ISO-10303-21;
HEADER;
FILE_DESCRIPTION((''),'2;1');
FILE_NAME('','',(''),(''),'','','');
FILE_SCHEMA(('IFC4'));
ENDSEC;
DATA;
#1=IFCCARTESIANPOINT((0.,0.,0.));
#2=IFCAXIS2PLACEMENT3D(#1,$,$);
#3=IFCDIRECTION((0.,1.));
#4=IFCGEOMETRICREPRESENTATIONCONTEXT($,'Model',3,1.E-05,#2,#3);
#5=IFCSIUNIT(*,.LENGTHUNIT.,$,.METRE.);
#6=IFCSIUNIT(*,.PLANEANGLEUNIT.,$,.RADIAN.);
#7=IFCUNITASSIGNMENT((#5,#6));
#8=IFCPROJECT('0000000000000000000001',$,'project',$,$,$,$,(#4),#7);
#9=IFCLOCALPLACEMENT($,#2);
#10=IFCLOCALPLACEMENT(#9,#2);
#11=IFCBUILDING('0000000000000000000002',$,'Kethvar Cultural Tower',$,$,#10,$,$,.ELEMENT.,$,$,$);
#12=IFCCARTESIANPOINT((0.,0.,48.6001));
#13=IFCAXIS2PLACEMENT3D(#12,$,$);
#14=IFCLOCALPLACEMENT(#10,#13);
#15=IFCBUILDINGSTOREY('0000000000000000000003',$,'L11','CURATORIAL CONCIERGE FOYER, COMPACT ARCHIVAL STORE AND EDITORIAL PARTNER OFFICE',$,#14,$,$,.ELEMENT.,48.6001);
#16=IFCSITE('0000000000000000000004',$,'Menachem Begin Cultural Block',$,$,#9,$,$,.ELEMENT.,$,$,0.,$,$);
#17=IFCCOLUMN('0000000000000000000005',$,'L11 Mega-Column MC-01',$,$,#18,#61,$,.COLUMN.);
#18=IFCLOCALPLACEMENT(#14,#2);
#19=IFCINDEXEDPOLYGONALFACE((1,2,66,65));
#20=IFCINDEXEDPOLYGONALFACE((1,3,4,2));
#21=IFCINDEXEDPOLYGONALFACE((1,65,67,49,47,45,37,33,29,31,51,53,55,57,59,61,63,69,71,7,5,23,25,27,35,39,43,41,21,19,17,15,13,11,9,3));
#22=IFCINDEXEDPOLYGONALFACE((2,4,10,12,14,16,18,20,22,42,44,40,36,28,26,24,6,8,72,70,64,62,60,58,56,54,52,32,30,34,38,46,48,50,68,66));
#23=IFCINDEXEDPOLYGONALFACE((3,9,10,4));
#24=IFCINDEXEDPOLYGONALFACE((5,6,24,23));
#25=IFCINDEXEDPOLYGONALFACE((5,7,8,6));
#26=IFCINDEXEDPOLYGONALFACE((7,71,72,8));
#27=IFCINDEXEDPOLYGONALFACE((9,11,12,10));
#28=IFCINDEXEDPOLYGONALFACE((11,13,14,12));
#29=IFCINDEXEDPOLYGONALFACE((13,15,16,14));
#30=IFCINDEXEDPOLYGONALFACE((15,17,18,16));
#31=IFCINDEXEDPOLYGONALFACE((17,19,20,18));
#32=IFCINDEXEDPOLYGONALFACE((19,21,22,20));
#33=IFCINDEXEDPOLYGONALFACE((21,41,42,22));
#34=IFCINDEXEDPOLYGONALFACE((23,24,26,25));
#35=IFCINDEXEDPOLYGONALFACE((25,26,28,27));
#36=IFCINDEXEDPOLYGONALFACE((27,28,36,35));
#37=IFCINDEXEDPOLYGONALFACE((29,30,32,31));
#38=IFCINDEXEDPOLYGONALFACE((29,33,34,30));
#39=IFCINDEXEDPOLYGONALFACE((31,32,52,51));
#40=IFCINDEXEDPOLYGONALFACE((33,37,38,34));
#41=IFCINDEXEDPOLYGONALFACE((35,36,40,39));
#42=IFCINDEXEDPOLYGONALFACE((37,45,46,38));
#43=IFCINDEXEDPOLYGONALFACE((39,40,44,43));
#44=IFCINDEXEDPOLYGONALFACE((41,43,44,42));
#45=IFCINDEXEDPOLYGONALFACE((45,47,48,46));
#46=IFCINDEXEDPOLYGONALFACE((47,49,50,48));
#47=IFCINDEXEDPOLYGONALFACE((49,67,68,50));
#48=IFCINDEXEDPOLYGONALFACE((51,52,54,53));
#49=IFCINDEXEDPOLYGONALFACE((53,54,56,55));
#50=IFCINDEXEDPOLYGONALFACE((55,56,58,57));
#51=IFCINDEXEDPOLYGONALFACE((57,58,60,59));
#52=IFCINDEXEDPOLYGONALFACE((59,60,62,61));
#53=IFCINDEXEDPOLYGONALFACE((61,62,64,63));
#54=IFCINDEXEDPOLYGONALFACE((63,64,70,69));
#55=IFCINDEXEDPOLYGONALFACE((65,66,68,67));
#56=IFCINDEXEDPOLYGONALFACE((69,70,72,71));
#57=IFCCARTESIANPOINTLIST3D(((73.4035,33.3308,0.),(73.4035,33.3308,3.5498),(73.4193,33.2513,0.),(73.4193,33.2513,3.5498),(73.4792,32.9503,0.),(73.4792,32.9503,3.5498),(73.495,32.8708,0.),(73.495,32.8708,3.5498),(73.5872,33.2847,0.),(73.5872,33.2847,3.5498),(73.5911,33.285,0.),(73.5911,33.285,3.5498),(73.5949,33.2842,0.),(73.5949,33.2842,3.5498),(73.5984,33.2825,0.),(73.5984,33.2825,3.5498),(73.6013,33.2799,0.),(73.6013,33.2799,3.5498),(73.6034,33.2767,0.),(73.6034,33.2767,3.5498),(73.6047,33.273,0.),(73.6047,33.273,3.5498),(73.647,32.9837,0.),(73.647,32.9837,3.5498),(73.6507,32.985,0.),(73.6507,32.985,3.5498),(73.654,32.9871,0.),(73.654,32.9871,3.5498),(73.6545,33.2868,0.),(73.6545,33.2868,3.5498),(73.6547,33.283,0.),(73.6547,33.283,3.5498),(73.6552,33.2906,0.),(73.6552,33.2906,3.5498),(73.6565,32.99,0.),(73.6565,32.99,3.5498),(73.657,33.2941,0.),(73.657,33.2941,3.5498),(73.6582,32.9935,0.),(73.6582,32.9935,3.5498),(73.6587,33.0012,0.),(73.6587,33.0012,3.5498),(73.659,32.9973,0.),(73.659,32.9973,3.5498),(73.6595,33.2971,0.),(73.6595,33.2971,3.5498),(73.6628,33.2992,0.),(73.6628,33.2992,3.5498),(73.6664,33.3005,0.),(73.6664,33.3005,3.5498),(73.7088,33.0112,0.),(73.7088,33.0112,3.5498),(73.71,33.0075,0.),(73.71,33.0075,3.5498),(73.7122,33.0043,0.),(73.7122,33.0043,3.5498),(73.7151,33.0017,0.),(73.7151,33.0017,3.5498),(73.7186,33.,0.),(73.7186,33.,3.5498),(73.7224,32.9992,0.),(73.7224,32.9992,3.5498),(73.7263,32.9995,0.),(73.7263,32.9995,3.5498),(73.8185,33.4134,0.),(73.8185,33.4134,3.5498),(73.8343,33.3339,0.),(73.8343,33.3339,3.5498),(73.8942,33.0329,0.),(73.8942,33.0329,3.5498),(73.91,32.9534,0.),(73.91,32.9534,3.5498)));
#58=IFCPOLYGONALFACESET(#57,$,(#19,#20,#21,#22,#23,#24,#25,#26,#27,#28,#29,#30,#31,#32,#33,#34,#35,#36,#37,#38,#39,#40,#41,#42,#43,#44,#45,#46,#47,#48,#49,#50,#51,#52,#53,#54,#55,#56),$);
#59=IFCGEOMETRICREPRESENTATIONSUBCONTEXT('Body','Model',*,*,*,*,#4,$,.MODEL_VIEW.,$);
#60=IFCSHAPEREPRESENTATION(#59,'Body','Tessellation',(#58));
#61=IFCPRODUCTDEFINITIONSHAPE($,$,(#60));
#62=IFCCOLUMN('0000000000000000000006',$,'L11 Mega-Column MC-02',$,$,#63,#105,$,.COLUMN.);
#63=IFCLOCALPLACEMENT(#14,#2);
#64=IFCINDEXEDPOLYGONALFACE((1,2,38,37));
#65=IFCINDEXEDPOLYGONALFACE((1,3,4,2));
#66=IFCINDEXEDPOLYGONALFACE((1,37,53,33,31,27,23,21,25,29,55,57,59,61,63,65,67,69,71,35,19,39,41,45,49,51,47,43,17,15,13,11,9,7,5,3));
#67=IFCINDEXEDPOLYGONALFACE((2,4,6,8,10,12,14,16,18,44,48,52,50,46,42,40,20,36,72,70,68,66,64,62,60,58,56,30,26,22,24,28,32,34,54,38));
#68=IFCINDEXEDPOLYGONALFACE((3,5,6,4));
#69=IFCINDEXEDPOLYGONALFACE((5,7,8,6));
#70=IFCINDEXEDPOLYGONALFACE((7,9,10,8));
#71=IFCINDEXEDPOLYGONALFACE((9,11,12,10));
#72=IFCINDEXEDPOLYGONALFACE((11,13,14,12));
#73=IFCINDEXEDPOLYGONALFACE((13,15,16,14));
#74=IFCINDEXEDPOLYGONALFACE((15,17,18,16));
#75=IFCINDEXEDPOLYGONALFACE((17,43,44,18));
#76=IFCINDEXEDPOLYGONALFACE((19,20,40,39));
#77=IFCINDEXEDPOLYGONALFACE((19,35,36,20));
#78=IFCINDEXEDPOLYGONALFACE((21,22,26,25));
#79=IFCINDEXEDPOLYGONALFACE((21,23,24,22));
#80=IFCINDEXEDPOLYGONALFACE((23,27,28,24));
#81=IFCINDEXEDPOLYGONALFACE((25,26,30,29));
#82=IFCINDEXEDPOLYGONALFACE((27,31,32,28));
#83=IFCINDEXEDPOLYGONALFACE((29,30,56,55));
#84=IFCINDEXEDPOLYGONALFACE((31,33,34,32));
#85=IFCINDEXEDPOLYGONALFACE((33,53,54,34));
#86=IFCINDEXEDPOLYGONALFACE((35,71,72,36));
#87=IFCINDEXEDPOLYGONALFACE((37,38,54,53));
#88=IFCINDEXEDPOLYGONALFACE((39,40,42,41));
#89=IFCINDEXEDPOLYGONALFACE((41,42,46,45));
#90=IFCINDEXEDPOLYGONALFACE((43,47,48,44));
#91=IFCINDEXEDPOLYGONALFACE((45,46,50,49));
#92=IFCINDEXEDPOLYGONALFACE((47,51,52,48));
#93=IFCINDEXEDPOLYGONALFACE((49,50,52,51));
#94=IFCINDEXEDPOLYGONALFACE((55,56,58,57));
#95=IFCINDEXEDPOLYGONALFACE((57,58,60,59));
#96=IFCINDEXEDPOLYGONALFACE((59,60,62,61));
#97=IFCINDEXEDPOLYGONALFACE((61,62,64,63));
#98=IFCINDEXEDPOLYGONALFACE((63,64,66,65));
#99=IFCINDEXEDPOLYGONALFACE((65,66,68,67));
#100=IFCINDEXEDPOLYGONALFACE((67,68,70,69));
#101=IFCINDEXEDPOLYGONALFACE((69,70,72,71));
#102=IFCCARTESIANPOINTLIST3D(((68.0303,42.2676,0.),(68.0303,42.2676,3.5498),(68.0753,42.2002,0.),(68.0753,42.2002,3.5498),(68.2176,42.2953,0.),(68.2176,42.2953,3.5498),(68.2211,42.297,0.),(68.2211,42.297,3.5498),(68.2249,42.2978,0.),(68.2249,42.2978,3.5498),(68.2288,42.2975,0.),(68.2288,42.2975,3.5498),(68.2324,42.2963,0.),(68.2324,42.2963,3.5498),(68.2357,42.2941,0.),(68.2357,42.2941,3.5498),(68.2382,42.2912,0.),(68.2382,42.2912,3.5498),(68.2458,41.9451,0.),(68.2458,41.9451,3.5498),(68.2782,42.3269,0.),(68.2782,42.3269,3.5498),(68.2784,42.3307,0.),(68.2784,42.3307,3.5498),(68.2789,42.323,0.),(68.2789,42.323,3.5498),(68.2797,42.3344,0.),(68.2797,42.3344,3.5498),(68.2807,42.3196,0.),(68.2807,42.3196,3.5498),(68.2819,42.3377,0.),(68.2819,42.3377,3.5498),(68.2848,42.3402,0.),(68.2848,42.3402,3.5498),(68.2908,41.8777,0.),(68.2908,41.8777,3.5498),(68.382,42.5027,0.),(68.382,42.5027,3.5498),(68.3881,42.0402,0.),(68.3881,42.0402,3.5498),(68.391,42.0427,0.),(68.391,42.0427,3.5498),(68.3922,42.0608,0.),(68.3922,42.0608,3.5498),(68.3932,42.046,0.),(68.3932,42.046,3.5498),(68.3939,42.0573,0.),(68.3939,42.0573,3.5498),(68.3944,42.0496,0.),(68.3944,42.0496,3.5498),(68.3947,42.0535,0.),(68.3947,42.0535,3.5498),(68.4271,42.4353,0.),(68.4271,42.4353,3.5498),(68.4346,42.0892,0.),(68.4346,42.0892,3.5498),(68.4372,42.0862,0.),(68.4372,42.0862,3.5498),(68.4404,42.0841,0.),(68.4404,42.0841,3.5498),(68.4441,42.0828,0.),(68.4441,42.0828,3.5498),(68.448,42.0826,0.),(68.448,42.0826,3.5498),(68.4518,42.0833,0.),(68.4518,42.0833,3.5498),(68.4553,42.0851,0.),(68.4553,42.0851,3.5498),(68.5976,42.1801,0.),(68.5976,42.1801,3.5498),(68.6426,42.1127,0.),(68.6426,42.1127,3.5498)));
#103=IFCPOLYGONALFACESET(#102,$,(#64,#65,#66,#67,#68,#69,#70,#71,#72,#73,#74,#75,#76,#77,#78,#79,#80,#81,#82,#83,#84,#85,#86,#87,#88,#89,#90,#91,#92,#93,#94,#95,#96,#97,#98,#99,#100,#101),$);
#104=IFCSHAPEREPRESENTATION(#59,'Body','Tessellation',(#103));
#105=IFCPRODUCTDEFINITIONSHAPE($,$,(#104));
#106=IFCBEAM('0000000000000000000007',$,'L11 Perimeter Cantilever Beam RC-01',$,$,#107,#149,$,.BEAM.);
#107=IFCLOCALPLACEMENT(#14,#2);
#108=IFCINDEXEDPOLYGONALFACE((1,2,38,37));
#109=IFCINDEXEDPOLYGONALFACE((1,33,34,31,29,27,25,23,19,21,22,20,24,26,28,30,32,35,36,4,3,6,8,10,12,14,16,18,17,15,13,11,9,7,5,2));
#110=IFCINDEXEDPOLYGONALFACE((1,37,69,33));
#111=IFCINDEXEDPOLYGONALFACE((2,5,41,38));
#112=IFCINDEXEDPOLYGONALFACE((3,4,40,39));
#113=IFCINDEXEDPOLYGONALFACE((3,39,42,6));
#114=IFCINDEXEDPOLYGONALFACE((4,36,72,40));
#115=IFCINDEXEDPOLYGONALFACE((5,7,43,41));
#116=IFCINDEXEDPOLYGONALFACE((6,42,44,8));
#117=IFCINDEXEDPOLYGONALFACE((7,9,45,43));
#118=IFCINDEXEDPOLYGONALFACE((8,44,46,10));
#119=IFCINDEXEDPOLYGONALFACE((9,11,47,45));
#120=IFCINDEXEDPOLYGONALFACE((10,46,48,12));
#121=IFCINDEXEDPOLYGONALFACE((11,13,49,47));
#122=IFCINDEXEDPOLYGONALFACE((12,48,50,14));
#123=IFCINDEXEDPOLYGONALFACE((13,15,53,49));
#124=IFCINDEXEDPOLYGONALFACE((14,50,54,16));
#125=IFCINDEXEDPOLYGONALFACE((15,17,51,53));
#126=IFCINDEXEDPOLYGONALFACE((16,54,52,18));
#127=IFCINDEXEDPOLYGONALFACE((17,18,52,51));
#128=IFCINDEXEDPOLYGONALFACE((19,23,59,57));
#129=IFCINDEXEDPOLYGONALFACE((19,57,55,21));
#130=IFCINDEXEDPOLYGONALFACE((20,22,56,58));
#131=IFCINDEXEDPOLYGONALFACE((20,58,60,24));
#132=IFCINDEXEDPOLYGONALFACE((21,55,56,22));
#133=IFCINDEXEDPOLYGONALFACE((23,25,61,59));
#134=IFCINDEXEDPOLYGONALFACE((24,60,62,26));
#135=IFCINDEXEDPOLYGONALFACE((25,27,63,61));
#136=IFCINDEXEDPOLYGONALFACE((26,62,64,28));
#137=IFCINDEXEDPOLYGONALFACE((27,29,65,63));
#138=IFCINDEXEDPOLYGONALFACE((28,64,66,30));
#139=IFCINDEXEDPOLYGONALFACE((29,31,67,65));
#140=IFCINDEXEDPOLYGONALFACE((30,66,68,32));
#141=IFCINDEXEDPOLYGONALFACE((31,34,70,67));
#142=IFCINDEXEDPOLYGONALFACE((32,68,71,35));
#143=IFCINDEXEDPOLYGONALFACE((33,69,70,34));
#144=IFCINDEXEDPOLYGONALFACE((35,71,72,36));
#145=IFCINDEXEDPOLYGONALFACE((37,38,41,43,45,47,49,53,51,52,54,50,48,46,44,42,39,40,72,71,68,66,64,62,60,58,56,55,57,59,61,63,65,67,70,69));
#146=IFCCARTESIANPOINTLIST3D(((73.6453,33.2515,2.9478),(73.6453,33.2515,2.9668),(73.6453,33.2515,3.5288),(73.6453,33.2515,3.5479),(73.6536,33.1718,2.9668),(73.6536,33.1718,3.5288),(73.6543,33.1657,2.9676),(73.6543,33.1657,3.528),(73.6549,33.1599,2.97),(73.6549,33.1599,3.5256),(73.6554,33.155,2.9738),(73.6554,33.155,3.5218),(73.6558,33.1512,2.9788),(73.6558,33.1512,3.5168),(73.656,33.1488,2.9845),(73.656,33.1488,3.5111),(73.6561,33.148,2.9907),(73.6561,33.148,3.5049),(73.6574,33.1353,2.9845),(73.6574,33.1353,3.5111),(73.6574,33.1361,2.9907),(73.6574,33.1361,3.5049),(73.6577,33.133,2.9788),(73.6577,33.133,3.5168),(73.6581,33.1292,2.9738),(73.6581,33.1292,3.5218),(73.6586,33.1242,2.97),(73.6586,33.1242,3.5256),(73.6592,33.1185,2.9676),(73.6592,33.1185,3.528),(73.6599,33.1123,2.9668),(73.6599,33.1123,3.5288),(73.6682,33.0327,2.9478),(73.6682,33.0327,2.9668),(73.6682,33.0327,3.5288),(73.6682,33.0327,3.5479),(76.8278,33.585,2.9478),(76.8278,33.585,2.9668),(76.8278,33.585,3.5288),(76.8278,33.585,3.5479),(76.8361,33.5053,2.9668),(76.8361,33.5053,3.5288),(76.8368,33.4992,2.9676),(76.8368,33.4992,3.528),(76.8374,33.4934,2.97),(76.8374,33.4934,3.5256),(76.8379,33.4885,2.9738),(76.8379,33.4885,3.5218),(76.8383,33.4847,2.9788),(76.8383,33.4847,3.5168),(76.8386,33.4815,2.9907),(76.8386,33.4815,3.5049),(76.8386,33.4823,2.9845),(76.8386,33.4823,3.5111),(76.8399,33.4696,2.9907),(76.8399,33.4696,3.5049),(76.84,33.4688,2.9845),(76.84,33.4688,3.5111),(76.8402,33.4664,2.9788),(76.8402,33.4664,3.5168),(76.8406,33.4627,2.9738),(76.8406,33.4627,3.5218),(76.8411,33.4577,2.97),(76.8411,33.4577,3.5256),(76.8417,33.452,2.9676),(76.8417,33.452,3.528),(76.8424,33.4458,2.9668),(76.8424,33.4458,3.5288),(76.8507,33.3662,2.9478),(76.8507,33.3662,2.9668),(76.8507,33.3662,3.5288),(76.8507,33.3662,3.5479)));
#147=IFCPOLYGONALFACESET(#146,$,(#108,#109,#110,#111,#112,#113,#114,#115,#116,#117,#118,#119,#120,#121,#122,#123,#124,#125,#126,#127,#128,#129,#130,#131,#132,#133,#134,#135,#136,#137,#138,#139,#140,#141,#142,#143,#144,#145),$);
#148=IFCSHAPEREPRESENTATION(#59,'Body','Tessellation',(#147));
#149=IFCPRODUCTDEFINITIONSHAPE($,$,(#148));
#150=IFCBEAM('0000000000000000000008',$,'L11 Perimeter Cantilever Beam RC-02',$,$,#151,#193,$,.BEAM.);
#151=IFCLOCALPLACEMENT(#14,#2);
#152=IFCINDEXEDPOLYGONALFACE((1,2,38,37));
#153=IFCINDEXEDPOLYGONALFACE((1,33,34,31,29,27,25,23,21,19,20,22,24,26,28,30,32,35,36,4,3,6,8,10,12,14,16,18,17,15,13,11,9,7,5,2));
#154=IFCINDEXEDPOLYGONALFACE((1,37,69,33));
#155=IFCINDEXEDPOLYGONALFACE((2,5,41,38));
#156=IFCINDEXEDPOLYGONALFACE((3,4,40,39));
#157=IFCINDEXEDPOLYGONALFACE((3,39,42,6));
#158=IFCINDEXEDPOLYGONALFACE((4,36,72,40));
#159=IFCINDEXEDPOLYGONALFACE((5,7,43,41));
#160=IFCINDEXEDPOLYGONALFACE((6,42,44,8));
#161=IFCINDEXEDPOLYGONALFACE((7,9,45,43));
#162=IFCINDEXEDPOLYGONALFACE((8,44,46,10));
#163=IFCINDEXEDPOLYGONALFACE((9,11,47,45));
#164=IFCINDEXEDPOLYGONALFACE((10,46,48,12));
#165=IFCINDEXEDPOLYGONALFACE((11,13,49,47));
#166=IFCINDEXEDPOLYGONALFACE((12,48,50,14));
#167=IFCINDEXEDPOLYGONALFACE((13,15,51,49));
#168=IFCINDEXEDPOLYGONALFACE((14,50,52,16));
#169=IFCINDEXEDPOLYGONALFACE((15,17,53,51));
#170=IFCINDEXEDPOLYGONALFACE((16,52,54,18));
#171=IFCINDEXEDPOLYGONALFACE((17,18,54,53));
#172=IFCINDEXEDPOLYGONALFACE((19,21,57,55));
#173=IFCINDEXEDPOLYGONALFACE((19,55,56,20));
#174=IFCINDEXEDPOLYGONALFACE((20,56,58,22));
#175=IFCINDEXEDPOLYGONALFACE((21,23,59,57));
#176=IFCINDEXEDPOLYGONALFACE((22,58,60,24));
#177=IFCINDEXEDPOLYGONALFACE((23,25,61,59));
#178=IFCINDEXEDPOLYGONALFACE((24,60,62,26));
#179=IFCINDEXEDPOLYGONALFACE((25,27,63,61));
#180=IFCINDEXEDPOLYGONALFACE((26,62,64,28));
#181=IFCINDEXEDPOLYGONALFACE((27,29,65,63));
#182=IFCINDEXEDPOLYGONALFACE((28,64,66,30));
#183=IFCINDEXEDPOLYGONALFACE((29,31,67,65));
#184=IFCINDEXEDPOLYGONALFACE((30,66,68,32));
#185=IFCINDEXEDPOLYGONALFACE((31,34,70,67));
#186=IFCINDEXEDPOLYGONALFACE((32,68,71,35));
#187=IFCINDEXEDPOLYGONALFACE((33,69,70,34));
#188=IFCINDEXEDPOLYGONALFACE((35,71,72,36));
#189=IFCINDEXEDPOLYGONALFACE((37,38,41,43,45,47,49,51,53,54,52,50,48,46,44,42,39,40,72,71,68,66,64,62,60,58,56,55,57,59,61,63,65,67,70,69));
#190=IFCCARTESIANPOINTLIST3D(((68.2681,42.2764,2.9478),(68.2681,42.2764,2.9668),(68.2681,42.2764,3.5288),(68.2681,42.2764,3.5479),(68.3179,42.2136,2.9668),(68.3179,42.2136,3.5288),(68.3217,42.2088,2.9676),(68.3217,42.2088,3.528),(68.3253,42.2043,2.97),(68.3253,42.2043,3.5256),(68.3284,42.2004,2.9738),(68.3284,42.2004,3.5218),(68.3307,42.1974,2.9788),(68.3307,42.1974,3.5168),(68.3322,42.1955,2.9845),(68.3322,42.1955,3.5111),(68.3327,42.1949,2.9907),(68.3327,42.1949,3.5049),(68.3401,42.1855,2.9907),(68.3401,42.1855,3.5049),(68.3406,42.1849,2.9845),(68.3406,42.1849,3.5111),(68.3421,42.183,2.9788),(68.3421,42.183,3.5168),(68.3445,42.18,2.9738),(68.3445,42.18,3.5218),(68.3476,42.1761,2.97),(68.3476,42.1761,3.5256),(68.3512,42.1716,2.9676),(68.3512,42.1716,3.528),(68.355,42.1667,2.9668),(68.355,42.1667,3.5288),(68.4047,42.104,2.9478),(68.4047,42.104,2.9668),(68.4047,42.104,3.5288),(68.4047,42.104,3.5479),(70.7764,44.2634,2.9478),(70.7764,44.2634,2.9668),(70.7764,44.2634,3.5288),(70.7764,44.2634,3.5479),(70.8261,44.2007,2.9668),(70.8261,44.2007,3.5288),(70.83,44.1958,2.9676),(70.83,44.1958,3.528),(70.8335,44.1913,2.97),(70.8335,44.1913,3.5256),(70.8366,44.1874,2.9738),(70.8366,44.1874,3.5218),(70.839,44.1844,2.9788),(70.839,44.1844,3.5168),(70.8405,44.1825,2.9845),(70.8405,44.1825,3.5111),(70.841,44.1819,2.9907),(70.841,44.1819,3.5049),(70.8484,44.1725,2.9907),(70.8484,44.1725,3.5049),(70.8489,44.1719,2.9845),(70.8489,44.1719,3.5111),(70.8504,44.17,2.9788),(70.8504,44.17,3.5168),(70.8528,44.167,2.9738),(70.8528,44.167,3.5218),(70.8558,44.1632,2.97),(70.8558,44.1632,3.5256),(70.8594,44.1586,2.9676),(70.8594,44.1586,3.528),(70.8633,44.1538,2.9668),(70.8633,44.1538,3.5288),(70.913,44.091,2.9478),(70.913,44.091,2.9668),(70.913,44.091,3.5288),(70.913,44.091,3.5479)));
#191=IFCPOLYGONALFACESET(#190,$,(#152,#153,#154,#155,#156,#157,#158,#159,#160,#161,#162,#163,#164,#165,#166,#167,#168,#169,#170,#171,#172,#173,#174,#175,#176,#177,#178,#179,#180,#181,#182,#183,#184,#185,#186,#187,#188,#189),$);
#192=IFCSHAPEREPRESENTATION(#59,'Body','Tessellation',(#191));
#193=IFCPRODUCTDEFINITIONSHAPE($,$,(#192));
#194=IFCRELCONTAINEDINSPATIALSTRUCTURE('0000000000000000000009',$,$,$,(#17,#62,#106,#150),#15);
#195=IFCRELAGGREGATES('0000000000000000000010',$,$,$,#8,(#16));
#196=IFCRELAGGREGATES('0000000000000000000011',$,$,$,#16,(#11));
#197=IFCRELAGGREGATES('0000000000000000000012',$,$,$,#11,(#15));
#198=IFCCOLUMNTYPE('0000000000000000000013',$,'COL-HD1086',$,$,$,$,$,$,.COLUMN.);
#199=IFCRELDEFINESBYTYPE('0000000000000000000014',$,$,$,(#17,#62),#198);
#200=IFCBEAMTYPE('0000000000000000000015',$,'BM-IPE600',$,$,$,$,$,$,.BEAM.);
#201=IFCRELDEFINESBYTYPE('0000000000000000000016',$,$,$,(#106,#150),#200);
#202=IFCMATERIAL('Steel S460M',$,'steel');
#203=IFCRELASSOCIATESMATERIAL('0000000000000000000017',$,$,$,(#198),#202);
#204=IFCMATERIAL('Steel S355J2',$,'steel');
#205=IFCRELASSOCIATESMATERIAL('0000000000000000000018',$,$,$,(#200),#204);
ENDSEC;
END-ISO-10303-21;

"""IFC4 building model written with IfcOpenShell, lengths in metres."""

from ifc_helpers import new_model, si_unit, direction, frame, origin, origin_2d, place, context, subcontext, project, spatial, i_section, extrude, source, transform, mapped, material, material_profile, profile_set, type_object, element, save


model = new_model("IFC4")

# Units and contexts
model_context = context("Model", 3, precision=1e-05, world=origin(), true_north=direction((0.0, 1.0)))
body_context = subcontext(model_context, "Body", "Model", "MODEL_VIEW")
ifc_project = project(units=[si_unit("LENGTHUNIT", "METRE"), si_unit("PLANEANGLEUNIT", "RADIAN")], contexts=[model_context])

# Site, building, storey
site_placement = place(None, origin())
site = spatial("IfcSite", under=ifc_project, at=site_placement, Name="Menachem Begin Cultural Block", CompositionType="ELEMENT", RefElevation=0.0)
building_placement = place(site_placement, origin())
building = spatial("IfcBuilding", under=site, at=building_placement, Name="Kethvar Cultural Tower", CompositionType="ELEMENT")
storey_placement = place(building_placement, frame((0.0, 0.0, 48.6001)))
storey = spatial("IfcBuildingStorey", under=building, at=storey_placement, Name="L11", Description="CURATORIAL CONCIERGE FOYER, COMPACT ARCHIVAL STORE AND EDITORIAL PARTNER OFFICE", CompositionType="ELEMENT", Elevation=48.6001)

# Columns
ifc_material_1 = material(Name="Steel S460M", Category="steel")
ifc_material_profile_1 = material_profile(ifc_material_1, i_section(OverallWidth=0.4231, OverallDepth=0.469, WebThickness=0.051, FlangeThickness=0.0811, FilletRadius=0.0149, at=origin_2d()), Name="Steel S460M — HD400x1086")
ifc_profile_set_1 = profile_set([ifc_material_profile_1], Name="Steel S460M — HD400x1086")
column_type = type_object("IfcColumnType", Name="COL-HD1086", PredefinedType="COLUMN", material=ifc_profile_set_1)
shared_shape_1 = source(origin(), body_context, "Body", "SweptSolid", [
    extrude(i_section(OverallWidth=0.4231, OverallDepth=0.469, WebThickness=0.051, FlangeThickness=0.0811, FilletRadius=0.0149, at=origin_2d()), origin(), (0.0, 0.0, 1.0), 3.5498),
])
for number, where, z_axis, x_axis, name in (
    (1, (73.6567, 33.1421, 0.0), (0.0, 0.0, 1.0), (0.980785, 0.19509, 0.0), "L11 Mega-Column MC-01"),
    (2, (68.3364, 42.1902, 0.0), (0.0, 0.0, 1.0), (0.83147, 0.55557, 0.0), "L11 Mega-Column MC-02"),
):
    element("IfcColumn", number, at=place(storey_placement, frame(where, z_axis=z_axis, x_axis=x_axis)), inside=storey, type_object=column_type, Name=name, PredefinedType="COLUMN", context=body_context, shape_type="MappedRepresentation", body=[
        mapped(shared_shape_1, transform((0.0, 0.0, 0.0), scale=1.0)),
    ])

# Beams
ifc_material_2 = material(Name="Steel S355J2", Category="steel")
ifc_material_profile_2 = material_profile(ifc_material_2, i_section(OverallWidth=0.22, OverallDepth=0.6001, WebThickness=0.012, FlangeThickness=0.019, FilletRadius=0.0239, at=origin_2d()), Name="Steel S355J2 — IPE600")
ifc_profile_set_2 = profile_set([ifc_material_profile_2], Name="Steel S355J2 — IPE600")
beam_type_1 = type_object("IfcBeamType", Name="BM-IPE600", PredefinedType="BEAM", material=ifc_profile_set_2)
shared_shape_2 = source(origin(), body_context, "Body", "SweptSolid", [
    extrude(i_section(OverallWidth=0.22, OverallDepth=0.6001, WebThickness=0.012, FlangeThickness=0.019, FilletRadius=0.0239, at=origin_2d()), origin(), (0.0, 0.0, 1.0), 3.2),
])
for number, where, z_axis, x_axis, name in (
    (3, (73.6567, 33.1421, 3.2478), (0.994555, 0.104216, 0.0), (-0.104216, 0.994555, 0.0), "L11 Perimeter Cantilever Beam RC-01"),
    (4, (68.3364, 42.1902, 3.2478), (0.783845, 0.620957, 0.0), (-0.620957, 0.783845, 0.0), "L11 Perimeter Cantilever Beam RC-02"),
):
    element("IfcBeam", number, at=place(storey_placement, frame(where, z_axis=z_axis, x_axis=x_axis)), inside=storey, type_object=beam_type_1, Name=name, PredefinedType="BEAM", context=body_context, shape_type="MappedRepresentation", body=[
        mapped(shared_shape_2, transform((0.0, 0.0, 0.0), scale=1.0)),
    ])

save(model, "model.ifc")
